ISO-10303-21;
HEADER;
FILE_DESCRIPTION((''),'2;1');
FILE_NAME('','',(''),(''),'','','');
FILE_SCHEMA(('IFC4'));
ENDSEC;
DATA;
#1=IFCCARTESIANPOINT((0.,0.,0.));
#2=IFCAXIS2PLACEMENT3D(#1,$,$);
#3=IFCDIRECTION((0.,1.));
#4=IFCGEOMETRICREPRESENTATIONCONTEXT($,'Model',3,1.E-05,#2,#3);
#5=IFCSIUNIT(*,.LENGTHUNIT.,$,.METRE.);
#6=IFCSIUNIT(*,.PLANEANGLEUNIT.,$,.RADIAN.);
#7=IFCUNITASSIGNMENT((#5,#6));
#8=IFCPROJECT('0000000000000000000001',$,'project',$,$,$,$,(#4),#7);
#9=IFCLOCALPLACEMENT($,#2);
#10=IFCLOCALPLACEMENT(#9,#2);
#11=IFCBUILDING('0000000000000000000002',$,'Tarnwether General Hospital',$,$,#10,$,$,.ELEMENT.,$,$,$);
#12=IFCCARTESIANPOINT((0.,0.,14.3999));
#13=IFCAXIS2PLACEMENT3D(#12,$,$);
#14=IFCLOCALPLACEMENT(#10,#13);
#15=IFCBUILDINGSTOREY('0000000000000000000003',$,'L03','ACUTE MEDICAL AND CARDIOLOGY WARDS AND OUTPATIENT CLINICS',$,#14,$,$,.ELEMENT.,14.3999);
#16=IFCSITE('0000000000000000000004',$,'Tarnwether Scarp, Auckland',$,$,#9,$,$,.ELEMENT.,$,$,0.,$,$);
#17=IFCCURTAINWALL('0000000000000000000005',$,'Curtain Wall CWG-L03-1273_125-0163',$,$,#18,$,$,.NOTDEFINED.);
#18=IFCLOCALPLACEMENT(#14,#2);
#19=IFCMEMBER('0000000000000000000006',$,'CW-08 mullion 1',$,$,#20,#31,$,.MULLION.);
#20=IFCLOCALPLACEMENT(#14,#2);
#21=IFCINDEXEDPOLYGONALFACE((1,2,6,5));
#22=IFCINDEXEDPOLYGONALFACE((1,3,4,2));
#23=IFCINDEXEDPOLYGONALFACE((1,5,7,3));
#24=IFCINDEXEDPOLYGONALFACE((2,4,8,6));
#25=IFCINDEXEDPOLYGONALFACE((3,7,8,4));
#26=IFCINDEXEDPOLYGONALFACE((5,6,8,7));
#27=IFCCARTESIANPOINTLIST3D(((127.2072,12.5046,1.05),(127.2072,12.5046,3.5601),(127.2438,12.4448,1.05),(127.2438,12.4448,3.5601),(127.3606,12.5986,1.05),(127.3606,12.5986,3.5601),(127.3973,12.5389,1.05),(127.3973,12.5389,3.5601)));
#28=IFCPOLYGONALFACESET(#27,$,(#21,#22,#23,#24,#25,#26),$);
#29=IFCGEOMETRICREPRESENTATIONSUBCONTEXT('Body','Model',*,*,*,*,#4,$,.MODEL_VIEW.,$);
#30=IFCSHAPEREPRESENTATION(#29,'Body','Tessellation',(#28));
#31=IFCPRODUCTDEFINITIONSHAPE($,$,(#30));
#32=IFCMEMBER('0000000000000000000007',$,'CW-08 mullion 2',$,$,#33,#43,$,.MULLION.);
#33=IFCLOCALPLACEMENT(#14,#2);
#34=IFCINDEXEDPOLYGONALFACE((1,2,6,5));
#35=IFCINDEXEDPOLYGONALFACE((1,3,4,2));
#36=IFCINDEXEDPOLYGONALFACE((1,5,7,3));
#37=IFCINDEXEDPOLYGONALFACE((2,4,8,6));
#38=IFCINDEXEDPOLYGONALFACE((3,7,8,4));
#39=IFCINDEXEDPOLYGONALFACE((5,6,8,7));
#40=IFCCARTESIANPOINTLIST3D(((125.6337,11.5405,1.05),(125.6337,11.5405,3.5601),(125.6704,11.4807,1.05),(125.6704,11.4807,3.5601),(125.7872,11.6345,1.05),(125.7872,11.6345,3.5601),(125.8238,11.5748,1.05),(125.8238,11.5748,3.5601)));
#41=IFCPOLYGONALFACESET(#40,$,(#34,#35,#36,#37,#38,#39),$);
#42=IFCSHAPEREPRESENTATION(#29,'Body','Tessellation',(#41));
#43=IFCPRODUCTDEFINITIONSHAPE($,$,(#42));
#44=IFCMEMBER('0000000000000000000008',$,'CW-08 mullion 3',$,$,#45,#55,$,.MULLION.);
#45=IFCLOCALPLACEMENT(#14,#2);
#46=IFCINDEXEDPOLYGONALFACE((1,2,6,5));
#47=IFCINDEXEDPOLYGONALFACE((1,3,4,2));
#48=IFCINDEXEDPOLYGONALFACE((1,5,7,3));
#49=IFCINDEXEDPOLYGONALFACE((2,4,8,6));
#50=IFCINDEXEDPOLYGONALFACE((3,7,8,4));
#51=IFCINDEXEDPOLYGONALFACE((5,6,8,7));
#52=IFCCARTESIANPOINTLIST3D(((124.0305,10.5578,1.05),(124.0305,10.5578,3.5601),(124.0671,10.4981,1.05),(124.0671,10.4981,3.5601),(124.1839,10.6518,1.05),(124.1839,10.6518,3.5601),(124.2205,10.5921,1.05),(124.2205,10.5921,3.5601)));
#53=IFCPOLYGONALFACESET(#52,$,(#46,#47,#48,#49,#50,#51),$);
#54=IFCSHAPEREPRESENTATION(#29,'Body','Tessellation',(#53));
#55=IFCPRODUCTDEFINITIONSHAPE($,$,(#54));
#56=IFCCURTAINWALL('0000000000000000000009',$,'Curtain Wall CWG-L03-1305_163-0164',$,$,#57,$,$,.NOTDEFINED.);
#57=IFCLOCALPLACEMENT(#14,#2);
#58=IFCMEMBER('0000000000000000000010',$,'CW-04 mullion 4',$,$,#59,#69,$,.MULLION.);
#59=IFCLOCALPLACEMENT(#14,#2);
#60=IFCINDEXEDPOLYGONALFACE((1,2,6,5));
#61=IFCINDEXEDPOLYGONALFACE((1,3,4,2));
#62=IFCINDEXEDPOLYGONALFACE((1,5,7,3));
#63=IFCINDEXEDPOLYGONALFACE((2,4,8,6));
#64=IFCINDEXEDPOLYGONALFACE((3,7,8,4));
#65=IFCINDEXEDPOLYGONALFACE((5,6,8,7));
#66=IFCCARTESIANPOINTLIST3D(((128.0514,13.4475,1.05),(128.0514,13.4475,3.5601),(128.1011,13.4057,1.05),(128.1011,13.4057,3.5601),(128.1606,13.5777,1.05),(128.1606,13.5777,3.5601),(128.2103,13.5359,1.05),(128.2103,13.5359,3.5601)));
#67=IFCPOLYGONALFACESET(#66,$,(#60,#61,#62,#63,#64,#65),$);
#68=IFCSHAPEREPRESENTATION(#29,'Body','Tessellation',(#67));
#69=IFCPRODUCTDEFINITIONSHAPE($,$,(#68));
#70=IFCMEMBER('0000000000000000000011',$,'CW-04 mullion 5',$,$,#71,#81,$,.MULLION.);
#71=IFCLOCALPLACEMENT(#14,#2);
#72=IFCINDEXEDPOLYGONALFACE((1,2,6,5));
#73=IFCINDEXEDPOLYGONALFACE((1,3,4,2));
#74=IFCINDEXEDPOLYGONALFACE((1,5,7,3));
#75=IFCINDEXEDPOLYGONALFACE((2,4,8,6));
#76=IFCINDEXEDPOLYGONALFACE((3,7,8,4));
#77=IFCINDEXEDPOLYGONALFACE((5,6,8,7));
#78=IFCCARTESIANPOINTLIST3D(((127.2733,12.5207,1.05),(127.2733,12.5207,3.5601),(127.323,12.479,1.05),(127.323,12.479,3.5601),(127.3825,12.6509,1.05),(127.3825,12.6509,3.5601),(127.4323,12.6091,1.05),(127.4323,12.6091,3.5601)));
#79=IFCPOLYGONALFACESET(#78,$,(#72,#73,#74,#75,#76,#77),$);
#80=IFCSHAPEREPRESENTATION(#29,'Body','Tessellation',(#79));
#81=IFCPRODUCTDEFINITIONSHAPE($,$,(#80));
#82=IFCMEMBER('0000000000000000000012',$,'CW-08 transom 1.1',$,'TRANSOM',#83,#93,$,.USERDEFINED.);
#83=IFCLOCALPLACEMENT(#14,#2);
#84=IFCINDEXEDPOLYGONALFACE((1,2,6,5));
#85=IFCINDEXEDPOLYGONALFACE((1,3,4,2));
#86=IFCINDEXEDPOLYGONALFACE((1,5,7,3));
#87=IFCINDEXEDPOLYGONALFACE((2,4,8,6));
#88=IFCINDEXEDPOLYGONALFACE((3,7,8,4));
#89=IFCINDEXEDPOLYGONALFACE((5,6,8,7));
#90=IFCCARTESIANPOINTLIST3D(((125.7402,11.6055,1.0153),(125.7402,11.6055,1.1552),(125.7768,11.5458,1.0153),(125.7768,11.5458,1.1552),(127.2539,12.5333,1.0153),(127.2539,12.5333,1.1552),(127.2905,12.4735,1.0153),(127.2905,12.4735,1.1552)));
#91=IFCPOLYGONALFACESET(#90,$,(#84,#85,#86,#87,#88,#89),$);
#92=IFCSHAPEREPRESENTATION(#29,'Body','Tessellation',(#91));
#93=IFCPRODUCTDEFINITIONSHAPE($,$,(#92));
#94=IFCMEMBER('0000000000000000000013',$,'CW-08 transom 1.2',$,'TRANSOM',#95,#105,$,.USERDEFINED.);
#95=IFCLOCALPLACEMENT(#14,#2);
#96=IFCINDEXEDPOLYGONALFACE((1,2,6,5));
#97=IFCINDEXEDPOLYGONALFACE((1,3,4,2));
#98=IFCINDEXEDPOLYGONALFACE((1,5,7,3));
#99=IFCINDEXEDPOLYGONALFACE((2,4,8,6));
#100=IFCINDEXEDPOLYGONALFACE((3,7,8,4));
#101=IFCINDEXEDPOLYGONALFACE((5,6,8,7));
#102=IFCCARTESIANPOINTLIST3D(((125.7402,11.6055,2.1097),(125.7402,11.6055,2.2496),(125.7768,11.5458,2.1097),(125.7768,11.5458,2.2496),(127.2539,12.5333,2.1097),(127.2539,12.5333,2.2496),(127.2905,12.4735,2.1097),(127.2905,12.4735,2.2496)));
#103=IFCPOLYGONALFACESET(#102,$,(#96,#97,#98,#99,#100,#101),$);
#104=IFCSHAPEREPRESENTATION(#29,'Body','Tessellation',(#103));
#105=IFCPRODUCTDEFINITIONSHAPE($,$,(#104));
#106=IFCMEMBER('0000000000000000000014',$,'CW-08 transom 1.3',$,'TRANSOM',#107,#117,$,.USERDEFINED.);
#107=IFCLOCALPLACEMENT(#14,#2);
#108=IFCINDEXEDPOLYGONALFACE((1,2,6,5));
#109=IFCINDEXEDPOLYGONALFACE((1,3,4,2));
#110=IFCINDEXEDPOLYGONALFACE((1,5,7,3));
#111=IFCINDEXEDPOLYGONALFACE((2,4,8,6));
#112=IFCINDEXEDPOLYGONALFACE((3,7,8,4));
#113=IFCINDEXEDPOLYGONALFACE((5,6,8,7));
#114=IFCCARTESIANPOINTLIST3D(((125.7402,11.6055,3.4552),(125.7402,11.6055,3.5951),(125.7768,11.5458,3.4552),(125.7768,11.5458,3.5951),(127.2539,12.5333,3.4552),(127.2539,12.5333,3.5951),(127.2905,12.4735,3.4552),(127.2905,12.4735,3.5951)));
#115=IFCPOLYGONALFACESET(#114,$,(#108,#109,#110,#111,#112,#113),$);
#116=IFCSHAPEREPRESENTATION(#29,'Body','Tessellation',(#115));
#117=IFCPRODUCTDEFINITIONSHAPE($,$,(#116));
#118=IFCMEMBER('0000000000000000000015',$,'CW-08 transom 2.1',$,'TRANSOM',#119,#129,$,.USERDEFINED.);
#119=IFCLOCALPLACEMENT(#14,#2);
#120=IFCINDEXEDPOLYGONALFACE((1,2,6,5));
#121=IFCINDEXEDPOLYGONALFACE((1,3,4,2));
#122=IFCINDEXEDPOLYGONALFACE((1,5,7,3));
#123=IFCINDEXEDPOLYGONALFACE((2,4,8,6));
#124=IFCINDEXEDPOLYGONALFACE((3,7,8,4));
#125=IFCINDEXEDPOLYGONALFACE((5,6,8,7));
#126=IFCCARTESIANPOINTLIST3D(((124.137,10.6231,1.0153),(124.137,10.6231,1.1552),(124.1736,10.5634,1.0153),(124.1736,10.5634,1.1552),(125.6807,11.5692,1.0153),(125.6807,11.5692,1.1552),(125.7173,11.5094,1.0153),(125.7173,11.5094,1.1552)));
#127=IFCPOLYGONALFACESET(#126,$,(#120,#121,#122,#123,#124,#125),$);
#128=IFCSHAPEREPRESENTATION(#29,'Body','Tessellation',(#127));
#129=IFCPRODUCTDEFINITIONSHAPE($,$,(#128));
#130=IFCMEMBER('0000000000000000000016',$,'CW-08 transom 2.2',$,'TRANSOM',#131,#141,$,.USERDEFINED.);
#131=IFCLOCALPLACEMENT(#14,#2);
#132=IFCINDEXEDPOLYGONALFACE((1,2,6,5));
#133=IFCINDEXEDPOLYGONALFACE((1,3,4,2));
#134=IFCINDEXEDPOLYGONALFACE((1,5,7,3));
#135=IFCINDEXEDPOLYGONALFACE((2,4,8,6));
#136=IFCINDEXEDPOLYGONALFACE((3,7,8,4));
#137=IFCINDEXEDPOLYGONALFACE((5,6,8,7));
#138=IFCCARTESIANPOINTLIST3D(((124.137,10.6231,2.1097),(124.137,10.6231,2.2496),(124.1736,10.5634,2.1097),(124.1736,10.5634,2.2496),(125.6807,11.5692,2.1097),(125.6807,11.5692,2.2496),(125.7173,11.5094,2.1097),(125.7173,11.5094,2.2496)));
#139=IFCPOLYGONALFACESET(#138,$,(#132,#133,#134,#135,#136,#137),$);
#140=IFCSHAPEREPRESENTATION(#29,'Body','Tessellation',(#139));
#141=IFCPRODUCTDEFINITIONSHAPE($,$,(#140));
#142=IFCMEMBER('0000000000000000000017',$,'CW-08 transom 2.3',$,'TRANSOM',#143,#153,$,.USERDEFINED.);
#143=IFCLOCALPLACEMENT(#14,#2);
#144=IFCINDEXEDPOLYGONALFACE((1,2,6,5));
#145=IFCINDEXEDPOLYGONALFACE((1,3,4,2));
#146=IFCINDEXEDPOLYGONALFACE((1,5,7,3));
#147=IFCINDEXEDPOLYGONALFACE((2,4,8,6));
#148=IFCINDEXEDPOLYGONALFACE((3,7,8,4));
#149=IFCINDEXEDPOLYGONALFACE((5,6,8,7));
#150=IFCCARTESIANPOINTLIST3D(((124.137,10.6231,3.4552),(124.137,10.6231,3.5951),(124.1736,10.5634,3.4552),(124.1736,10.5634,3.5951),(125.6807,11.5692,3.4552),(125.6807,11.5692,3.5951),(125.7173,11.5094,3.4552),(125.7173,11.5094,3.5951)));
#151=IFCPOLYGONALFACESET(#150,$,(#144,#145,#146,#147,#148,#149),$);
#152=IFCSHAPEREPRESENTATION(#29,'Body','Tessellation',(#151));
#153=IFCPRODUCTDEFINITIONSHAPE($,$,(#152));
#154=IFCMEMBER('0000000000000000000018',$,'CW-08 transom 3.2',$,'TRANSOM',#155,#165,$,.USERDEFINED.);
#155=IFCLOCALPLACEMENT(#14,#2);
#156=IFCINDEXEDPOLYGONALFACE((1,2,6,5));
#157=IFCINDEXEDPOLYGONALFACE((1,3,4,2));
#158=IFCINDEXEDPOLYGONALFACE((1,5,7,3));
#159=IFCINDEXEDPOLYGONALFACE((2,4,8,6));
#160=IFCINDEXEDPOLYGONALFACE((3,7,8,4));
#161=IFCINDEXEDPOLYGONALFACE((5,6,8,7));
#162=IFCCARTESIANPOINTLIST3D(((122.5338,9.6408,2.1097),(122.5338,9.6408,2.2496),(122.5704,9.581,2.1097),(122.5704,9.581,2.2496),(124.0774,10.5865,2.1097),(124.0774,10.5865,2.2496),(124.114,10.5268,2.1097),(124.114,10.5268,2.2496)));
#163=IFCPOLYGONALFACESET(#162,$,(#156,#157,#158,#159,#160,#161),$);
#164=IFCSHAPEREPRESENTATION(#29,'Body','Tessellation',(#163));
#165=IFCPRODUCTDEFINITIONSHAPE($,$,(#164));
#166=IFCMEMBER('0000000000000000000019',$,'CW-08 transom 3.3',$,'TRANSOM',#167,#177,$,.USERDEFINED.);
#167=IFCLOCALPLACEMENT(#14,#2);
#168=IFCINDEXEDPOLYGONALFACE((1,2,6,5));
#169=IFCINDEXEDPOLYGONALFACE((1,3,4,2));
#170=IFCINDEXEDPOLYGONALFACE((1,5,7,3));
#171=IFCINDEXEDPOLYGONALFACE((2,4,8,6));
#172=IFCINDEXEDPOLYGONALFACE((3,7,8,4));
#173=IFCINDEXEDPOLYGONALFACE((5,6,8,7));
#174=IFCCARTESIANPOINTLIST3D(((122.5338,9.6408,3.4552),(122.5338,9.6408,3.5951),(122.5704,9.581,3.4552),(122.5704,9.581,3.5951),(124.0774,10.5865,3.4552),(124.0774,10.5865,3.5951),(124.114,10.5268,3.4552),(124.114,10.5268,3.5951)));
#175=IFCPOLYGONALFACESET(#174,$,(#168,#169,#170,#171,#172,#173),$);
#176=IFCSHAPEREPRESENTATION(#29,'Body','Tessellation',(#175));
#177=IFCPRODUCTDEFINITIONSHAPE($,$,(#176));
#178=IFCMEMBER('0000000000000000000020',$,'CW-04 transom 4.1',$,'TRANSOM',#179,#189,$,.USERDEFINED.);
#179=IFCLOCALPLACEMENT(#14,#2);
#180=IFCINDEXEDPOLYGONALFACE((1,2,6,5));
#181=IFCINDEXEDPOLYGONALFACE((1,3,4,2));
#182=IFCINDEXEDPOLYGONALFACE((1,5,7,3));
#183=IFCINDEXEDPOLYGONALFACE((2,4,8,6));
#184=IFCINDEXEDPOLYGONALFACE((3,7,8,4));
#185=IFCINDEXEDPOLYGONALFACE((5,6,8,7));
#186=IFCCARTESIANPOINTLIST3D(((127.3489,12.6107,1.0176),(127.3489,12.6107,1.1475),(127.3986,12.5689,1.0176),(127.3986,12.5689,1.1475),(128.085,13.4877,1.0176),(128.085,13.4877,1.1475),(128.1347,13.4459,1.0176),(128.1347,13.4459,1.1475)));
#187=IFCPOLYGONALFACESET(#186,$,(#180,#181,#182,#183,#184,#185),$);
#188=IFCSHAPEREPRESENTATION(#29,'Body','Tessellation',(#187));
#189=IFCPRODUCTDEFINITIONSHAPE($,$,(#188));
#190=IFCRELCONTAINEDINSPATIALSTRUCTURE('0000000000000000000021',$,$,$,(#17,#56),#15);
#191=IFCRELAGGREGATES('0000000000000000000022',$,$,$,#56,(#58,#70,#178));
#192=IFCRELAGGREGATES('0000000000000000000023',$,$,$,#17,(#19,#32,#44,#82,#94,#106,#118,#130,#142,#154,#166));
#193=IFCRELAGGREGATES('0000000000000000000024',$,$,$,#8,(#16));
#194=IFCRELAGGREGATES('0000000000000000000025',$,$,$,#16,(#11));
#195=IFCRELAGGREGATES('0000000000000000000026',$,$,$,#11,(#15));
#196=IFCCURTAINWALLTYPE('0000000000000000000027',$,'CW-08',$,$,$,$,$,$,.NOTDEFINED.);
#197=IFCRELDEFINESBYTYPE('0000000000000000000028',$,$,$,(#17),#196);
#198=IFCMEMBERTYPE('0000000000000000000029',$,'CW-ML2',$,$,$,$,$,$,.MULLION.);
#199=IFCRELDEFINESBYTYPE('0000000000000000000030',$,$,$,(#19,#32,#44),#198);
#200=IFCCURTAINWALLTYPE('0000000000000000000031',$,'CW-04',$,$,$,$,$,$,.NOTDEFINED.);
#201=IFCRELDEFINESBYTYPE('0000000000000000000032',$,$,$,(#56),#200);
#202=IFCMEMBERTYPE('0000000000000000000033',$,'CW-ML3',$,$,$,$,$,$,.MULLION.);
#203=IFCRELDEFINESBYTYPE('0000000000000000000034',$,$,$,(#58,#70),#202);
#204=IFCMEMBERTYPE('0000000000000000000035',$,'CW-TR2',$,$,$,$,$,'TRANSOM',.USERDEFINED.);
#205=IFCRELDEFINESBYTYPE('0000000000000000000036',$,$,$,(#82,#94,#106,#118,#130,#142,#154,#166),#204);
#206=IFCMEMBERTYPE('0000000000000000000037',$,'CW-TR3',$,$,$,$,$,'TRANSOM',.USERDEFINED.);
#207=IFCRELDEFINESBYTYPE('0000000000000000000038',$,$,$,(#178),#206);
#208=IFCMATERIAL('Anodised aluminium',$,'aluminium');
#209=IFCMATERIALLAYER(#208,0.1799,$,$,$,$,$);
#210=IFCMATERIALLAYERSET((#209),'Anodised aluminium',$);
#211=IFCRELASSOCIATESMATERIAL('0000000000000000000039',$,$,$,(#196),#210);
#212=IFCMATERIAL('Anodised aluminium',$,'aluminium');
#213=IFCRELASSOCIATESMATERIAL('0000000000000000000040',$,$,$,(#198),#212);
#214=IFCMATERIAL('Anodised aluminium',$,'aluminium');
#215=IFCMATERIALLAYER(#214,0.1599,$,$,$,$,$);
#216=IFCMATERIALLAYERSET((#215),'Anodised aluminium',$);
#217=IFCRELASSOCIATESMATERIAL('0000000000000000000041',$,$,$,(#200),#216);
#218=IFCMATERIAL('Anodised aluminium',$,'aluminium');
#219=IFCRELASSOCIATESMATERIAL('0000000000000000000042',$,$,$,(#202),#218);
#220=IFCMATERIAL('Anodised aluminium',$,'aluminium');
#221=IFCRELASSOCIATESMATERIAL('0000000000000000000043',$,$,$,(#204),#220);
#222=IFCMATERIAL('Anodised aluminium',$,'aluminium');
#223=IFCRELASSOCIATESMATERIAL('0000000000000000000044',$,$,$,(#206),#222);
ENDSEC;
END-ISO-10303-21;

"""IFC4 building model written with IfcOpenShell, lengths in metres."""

from ifc_helpers import new_model, si_unit, direction, frame, origin, origin_2d, place, context, subcontext, project, spatial, rectangle, extrude, material, layer, layer_set, material_profile, profile_set, type_object, element, aggregate, save


model = new_model("IFC4")

# Units and contexts
model_context = context("Model", 3, precision=1e-05, world=origin(), true_north=direction((0.0, 1.0)))
body_context = subcontext(model_context, "Body", "Model", "MODEL_VIEW")
ifc_project = project(units=[si_unit("LENGTHUNIT", "METRE"), si_unit("PLANEANGLEUNIT", "RADIAN")], contexts=[model_context])

# Site, building, storey
site_placement = place(None, origin())
site = spatial("IfcSite", under=ifc_project, at=site_placement, Name="Tarnwether Scarp, Auckland", CompositionType="ELEMENT", RefElevation=0.0)
building_placement = place(site_placement, origin())
building = spatial("IfcBuilding", under=site, at=building_placement, Name="Tarnwether General Hospital", CompositionType="ELEMENT")
storey_placement = place(building_placement, frame((0.0, 0.0, 14.3999)))
storey = spatial("IfcBuildingStorey", under=building, at=storey_placement, Name="L03", Description="ACUTE MEDICAL AND CARDIOLOGY WARDS AND OUTPATIENT CLINICS", CompositionType="ELEMENT", Elevation=14.3999)

# Curtain walls, members
ifc_material_1 = material(Name="Anodised aluminium", Category="aluminium")
ifc_layer_1 = layer(ifc_material_1, 0.1799)
ifc_layer_set_1 = layer_set([ifc_layer_1], Name="Anodised aluminium")
curtain_wall_type_1 = type_object("IfcCurtainWallType", Name="CW-08", PredefinedType="NOTDEFINED", material=ifc_layer_set_1)
curtain_wall_1_placement = place(storey_placement, origin())
curtain_wall_1 = element("IfcCurtainWall", 1, at=curtain_wall_1_placement, inside=storey, type_object=curtain_wall_type_1, Name="Curtain Wall CWG-L03-1273_125-0163", PredefinedType="NOTDEFINED")
ifc_material_2 = material(Name="Anodised aluminium", Category="aluminium")
ifc_material_profile_1 = material_profile(ifc_material_2, rectangle(XDim=0.0701, YDim=0.1799, at=origin_2d()), Name="ALU-MUL-70x180")
ifc_profile_set_1 = profile_set([ifc_material_profile_1], Name="Anodised aluminium")
member_type_1 = type_object("IfcMemberType", Name="CW-ML2", PredefinedType="MULLION", material=ifc_profile_set_1)
member_1_placement = place(storey_placement, frame((127.3022, 12.5217, 1.05), z_axis=(0.0, 0.0, 1.0), x_axis=(0.522509, -0.852634, 0.0)))
member_1 = element("IfcMember", 2, at=member_1_placement, type_object=member_type_1, Name="CW-08 mullion 1", PredefinedType="MULLION", context=body_context, shape_type="SweptSolid", body=[
    extrude(rectangle(XDim=0.0701, YDim=0.1799, at=origin_2d()), origin(), (0.0, 0.0, 1.0), 2.51),
])
member_2_placement = place(storey_placement, frame((125.7288, 11.5576, 1.05), z_axis=(0.0, 0.0, 1.0), x_axis=(0.522509, -0.852634, 0.0)))
member_2 = element("IfcMember", 3, at=member_2_placement, type_object=member_type_1, Name="CW-08 mullion 2", PredefinedType="MULLION", context=body_context, shape_type="SweptSolid", body=[
    extrude(rectangle(XDim=0.0701, YDim=0.1799, at=origin_2d()), origin(), (0.0, 0.0, 1.0), 2.51),
])
member_3_placement = place(storey_placement, frame((124.1255, 10.575, 1.05), z_axis=(0.0, 0.0, 1.0), x_axis=(0.522509, -0.852634, 0.0)))
member_3 = element("IfcMember", 4, at=member_3_placement, type_object=member_type_1, Name="CW-08 mullion 3", PredefinedType="MULLION", context=body_context, shape_type="SweptSolid", body=[
    extrude(rectangle(XDim=0.0701, YDim=0.1799, at=origin_2d()), origin(), (0.0, 0.0, 1.0), 2.51),
])
ifc_material_3 = material(Name="Anodised aluminium", Category="aluminium")
ifc_layer_2 = layer(ifc_material_3, 0.1599)
ifc_layer_set_2 = layer_set([ifc_layer_2], Name="Anodised aluminium")
curtain_wall_type_2 = type_object("IfcCurtainWallType", Name="CW-04", PredefinedType="NOTDEFINED", material=ifc_layer_set_2)
curtain_wall_2_placement = place(storey_placement, origin())
curtain_wall_2 = element("IfcCurtainWall", 5, at=curtain_wall_2_placement, inside=storey, type_object=curtain_wall_type_2, Name="Curtain Wall CWG-L03-1305_163-0164", PredefinedType="NOTDEFINED")
ifc_material_4 = material(Name="Anodised aluminium", Category="aluminium")
ifc_material_profile_2 = material_profile(ifc_material_4, rectangle(XDim=0.0649, YDim=0.1699, at=origin_2d()), Name="ALU-MUL-65x170")
ifc_profile_set_2 = profile_set([ifc_material_profile_2], Name="Anodised aluminium")
member_type_2 = type_object("IfcMemberType", Name="CW-ML3", PredefinedType="MULLION", material=ifc_profile_set_2)
member_4_placement = place(storey_placement, frame((128.1309, 13.4917, 1.05), z_axis=(0.0, 0.0, 1.0), x_axis=(0.76599, -0.642852, 0.0)))
member_4 = element("IfcMember", 6, at=member_4_placement, type_object=member_type_2, Name="CW-04 mullion 4", PredefinedType="MULLION", context=body_context, shape_type="SweptSolid", body=[
    extrude(rectangle(XDim=0.0649, YDim=0.1699, at=origin_2d()), origin(), (0.0, 0.0, 1.0), 2.51),
])
member_5_placement = place(storey_placement, frame((127.3528, 12.5649, 1.05), z_axis=(0.0, 0.0, 1.0), x_axis=(0.76599, -0.642852, 0.0)))
member_5 = element("IfcMember", 7, at=member_5_placement, type_object=member_type_2, Name="CW-04 mullion 5", PredefinedType="MULLION", context=body_context, shape_type="SweptSolid", body=[
    extrude(rectangle(XDim=0.0649, YDim=0.1699, at=origin_2d()), origin(), (0.0, 0.0, 1.0), 2.51),
])

# Members
ifc_material_5 = material(Name="Anodised aluminium", Category="aluminium")
ifc_material_profile_3 = material_profile(ifc_material_5, rectangle(XDim=0.0701, YDim=0.1399, at=origin_2d()), Name="ALU-TRN-70x140")
ifc_profile_set_3 = profile_set([ifc_material_profile_3], Name="Anodised aluminium")
member_type_3 = type_object("IfcMemberType", Name="CW-TR2", ElementType="TRANSOM", PredefinedType="USERDEFINED", material=ifc_profile_set_3)
member_6_placement = place(storey_placement, frame((127.2722, 12.5034, 1.0852), z_axis=(-0.852601, -0.522562, 0.0), x_axis=(0.522562, -0.852601, 0.0)))
member_6 = element("IfcMember", 8, at=member_6_placement, type_object=member_type_3, Name="CW-08 transom 1.1", ObjectType="TRANSOM", PredefinedType="USERDEFINED", context=body_context, shape_type="SweptSolid", body=[
    extrude(rectangle(XDim=0.0701, YDim=0.1399, at=origin_2d()), origin(), (0.0, 0.0, 1.0), 1.7754),
])
member_7_placement = place(storey_placement, frame((127.2722, 12.5034, 2.1797), z_axis=(-0.852601, -0.522562, 0.0), x_axis=(0.522562, -0.852601, 0.0)))
member_7 = element("IfcMember", 9, at=member_7_placement, type_object=member_type_3, Name="CW-08 transom 1.2", ObjectType="TRANSOM", PredefinedType="USERDEFINED", context=body_context, shape_type="SweptSolid", body=[
    extrude(rectangle(XDim=0.0701, YDim=0.1399, at=origin_2d()), origin(), (0.0, 0.0, 1.0), 1.7754),
])
member_8_placement = place(storey_placement, frame((127.2722, 12.5034, 3.5251), z_axis=(-0.852601, -0.522562, 0.0), x_axis=(0.522562, -0.852601, 0.0)))
member_8 = element("IfcMember", 10, at=member_8_placement, type_object=member_type_3, Name="CW-08 transom 1.3", ObjectType="TRANSOM", PredefinedType="USERDEFINED", context=body_context, shape_type="SweptSolid", body=[
    extrude(rectangle(XDim=0.0701, YDim=0.1399, at=origin_2d()), origin(), (0.0, 0.0, 1.0), 1.7754),
])
member_9_placement = place(storey_placement, frame((125.699, 11.5393, 1.0852), z_axis=(-0.852625, -0.522524, 0.0), x_axis=(0.522524, -0.852625, 0.0)))
member_9 = element("IfcMember", 11, at=member_9_placement, type_object=member_type_3, Name="CW-08 transom 2.1", ObjectType="TRANSOM", PredefinedType="USERDEFINED", context=body_context, shape_type="SweptSolid", body=[
    extrude(rectangle(XDim=0.0701, YDim=0.1399, at=origin_2d()), origin(), (0.0, 0.0, 1.0), 1.8105),
])
member_10_placement = place(storey_placement, frame((125.699, 11.5393, 2.1797), z_axis=(-0.852625, -0.522524, 0.0), x_axis=(0.522524, -0.852625, 0.0)))
member_10 = element("IfcMember", 12, at=member_10_placement, type_object=member_type_3, Name="CW-08 transom 2.2", ObjectType="TRANSOM", PredefinedType="USERDEFINED", context=body_context, shape_type="SweptSolid", body=[
    extrude(rectangle(XDim=0.0701, YDim=0.1399, at=origin_2d()), origin(), (0.0, 0.0, 1.0), 1.8105),
])
member_11_placement = place(storey_placement, frame((125.699, 11.5393, 3.5251), z_axis=(-0.852625, -0.522524, 0.0), x_axis=(0.522524, -0.852625, 0.0)))
member_11 = element("IfcMember", 13, at=member_11_placement, type_object=member_type_3, Name="CW-08 transom 2.3", ObjectType="TRANSOM", PredefinedType="USERDEFINED", context=body_context, shape_type="SweptSolid", body=[
    extrude(rectangle(XDim=0.0701, YDim=0.1399, at=origin_2d()), origin(), (0.0, 0.0, 1.0), 1.8105),
])
member_12_placement = place(storey_placement, frame((124.0957, 10.5566, 2.1797), z_axis=(-0.852685, -0.522426, 0.0), x_axis=(0.522426, -0.852685, 0.0)))
member_12 = element("IfcMember", 14, at=member_12_placement, type_object=member_type_3, Name="CW-08 transom 3.2", ObjectType="TRANSOM", PredefinedType="USERDEFINED", context=body_context, shape_type="SweptSolid", body=[
    extrude(rectangle(XDim=0.0701, YDim=0.1399, at=origin_2d()), origin(), (0.0, 0.0, 1.0), 1.8103),
])
member_13_placement = place(storey_placement, frame((124.0957, 10.5566, 3.5251), z_axis=(-0.852685, -0.522426, 0.0), x_axis=(0.522426, -0.852685, 0.0)))
member_13 = element("IfcMember", 15, at=member_13_placement, type_object=member_type_3, Name="CW-08 transom 3.3", ObjectType="TRANSOM", PredefinedType="USERDEFINED", context=body_context, shape_type="SweptSolid", body=[
    extrude(rectangle(XDim=0.0701, YDim=0.1399, at=origin_2d()), origin(), (0.0, 0.0, 1.0), 1.8103),
])
ifc_material_6 = material(Name="Anodised aluminium", Category="aluminium")
ifc_material_profile_4 = material_profile(ifc_material_6, rectangle(XDim=0.0649, YDim=0.1299, at=origin_2d()), Name="ALU-TRN-65x130")
ifc_profile_set_4 = profile_set([ifc_material_profile_4], Name="Anodised aluminium")
member_type_4 = type_object("IfcMemberType", Name="CW-TR3", ElementType="TRANSOM", PredefinedType="USERDEFINED", material=ifc_profile_set_4)
member_14_placement = place(storey_placement, frame((128.1099, 13.4668, 1.0825), z_axis=(-0.642907, -0.765944, 0.0), x_axis=(0.765944, -0.642907, 0.0)))
member_14 = element("IfcMember", 16, at=member_14_placement, type_object=member_type_4, Name="CW-04 transom 4.1", ObjectType="TRANSOM", PredefinedType="USERDEFINED", context=body_context, shape_type="SweptSolid", body=[
    extrude(rectangle(XDim=0.0649, YDim=0.1299, at=origin_2d()), origin(), (0.0, 0.0, 1.0), 1.145),
])

aggregate(curtain_wall_2, [member_4, member_5, member_14])
aggregate(curtain_wall_1, [member_1, member_2, member_3, member_6, member_7, member_8, member_9, member_10, member_11, member_12, member_13])

save(model, "model.ifc")
